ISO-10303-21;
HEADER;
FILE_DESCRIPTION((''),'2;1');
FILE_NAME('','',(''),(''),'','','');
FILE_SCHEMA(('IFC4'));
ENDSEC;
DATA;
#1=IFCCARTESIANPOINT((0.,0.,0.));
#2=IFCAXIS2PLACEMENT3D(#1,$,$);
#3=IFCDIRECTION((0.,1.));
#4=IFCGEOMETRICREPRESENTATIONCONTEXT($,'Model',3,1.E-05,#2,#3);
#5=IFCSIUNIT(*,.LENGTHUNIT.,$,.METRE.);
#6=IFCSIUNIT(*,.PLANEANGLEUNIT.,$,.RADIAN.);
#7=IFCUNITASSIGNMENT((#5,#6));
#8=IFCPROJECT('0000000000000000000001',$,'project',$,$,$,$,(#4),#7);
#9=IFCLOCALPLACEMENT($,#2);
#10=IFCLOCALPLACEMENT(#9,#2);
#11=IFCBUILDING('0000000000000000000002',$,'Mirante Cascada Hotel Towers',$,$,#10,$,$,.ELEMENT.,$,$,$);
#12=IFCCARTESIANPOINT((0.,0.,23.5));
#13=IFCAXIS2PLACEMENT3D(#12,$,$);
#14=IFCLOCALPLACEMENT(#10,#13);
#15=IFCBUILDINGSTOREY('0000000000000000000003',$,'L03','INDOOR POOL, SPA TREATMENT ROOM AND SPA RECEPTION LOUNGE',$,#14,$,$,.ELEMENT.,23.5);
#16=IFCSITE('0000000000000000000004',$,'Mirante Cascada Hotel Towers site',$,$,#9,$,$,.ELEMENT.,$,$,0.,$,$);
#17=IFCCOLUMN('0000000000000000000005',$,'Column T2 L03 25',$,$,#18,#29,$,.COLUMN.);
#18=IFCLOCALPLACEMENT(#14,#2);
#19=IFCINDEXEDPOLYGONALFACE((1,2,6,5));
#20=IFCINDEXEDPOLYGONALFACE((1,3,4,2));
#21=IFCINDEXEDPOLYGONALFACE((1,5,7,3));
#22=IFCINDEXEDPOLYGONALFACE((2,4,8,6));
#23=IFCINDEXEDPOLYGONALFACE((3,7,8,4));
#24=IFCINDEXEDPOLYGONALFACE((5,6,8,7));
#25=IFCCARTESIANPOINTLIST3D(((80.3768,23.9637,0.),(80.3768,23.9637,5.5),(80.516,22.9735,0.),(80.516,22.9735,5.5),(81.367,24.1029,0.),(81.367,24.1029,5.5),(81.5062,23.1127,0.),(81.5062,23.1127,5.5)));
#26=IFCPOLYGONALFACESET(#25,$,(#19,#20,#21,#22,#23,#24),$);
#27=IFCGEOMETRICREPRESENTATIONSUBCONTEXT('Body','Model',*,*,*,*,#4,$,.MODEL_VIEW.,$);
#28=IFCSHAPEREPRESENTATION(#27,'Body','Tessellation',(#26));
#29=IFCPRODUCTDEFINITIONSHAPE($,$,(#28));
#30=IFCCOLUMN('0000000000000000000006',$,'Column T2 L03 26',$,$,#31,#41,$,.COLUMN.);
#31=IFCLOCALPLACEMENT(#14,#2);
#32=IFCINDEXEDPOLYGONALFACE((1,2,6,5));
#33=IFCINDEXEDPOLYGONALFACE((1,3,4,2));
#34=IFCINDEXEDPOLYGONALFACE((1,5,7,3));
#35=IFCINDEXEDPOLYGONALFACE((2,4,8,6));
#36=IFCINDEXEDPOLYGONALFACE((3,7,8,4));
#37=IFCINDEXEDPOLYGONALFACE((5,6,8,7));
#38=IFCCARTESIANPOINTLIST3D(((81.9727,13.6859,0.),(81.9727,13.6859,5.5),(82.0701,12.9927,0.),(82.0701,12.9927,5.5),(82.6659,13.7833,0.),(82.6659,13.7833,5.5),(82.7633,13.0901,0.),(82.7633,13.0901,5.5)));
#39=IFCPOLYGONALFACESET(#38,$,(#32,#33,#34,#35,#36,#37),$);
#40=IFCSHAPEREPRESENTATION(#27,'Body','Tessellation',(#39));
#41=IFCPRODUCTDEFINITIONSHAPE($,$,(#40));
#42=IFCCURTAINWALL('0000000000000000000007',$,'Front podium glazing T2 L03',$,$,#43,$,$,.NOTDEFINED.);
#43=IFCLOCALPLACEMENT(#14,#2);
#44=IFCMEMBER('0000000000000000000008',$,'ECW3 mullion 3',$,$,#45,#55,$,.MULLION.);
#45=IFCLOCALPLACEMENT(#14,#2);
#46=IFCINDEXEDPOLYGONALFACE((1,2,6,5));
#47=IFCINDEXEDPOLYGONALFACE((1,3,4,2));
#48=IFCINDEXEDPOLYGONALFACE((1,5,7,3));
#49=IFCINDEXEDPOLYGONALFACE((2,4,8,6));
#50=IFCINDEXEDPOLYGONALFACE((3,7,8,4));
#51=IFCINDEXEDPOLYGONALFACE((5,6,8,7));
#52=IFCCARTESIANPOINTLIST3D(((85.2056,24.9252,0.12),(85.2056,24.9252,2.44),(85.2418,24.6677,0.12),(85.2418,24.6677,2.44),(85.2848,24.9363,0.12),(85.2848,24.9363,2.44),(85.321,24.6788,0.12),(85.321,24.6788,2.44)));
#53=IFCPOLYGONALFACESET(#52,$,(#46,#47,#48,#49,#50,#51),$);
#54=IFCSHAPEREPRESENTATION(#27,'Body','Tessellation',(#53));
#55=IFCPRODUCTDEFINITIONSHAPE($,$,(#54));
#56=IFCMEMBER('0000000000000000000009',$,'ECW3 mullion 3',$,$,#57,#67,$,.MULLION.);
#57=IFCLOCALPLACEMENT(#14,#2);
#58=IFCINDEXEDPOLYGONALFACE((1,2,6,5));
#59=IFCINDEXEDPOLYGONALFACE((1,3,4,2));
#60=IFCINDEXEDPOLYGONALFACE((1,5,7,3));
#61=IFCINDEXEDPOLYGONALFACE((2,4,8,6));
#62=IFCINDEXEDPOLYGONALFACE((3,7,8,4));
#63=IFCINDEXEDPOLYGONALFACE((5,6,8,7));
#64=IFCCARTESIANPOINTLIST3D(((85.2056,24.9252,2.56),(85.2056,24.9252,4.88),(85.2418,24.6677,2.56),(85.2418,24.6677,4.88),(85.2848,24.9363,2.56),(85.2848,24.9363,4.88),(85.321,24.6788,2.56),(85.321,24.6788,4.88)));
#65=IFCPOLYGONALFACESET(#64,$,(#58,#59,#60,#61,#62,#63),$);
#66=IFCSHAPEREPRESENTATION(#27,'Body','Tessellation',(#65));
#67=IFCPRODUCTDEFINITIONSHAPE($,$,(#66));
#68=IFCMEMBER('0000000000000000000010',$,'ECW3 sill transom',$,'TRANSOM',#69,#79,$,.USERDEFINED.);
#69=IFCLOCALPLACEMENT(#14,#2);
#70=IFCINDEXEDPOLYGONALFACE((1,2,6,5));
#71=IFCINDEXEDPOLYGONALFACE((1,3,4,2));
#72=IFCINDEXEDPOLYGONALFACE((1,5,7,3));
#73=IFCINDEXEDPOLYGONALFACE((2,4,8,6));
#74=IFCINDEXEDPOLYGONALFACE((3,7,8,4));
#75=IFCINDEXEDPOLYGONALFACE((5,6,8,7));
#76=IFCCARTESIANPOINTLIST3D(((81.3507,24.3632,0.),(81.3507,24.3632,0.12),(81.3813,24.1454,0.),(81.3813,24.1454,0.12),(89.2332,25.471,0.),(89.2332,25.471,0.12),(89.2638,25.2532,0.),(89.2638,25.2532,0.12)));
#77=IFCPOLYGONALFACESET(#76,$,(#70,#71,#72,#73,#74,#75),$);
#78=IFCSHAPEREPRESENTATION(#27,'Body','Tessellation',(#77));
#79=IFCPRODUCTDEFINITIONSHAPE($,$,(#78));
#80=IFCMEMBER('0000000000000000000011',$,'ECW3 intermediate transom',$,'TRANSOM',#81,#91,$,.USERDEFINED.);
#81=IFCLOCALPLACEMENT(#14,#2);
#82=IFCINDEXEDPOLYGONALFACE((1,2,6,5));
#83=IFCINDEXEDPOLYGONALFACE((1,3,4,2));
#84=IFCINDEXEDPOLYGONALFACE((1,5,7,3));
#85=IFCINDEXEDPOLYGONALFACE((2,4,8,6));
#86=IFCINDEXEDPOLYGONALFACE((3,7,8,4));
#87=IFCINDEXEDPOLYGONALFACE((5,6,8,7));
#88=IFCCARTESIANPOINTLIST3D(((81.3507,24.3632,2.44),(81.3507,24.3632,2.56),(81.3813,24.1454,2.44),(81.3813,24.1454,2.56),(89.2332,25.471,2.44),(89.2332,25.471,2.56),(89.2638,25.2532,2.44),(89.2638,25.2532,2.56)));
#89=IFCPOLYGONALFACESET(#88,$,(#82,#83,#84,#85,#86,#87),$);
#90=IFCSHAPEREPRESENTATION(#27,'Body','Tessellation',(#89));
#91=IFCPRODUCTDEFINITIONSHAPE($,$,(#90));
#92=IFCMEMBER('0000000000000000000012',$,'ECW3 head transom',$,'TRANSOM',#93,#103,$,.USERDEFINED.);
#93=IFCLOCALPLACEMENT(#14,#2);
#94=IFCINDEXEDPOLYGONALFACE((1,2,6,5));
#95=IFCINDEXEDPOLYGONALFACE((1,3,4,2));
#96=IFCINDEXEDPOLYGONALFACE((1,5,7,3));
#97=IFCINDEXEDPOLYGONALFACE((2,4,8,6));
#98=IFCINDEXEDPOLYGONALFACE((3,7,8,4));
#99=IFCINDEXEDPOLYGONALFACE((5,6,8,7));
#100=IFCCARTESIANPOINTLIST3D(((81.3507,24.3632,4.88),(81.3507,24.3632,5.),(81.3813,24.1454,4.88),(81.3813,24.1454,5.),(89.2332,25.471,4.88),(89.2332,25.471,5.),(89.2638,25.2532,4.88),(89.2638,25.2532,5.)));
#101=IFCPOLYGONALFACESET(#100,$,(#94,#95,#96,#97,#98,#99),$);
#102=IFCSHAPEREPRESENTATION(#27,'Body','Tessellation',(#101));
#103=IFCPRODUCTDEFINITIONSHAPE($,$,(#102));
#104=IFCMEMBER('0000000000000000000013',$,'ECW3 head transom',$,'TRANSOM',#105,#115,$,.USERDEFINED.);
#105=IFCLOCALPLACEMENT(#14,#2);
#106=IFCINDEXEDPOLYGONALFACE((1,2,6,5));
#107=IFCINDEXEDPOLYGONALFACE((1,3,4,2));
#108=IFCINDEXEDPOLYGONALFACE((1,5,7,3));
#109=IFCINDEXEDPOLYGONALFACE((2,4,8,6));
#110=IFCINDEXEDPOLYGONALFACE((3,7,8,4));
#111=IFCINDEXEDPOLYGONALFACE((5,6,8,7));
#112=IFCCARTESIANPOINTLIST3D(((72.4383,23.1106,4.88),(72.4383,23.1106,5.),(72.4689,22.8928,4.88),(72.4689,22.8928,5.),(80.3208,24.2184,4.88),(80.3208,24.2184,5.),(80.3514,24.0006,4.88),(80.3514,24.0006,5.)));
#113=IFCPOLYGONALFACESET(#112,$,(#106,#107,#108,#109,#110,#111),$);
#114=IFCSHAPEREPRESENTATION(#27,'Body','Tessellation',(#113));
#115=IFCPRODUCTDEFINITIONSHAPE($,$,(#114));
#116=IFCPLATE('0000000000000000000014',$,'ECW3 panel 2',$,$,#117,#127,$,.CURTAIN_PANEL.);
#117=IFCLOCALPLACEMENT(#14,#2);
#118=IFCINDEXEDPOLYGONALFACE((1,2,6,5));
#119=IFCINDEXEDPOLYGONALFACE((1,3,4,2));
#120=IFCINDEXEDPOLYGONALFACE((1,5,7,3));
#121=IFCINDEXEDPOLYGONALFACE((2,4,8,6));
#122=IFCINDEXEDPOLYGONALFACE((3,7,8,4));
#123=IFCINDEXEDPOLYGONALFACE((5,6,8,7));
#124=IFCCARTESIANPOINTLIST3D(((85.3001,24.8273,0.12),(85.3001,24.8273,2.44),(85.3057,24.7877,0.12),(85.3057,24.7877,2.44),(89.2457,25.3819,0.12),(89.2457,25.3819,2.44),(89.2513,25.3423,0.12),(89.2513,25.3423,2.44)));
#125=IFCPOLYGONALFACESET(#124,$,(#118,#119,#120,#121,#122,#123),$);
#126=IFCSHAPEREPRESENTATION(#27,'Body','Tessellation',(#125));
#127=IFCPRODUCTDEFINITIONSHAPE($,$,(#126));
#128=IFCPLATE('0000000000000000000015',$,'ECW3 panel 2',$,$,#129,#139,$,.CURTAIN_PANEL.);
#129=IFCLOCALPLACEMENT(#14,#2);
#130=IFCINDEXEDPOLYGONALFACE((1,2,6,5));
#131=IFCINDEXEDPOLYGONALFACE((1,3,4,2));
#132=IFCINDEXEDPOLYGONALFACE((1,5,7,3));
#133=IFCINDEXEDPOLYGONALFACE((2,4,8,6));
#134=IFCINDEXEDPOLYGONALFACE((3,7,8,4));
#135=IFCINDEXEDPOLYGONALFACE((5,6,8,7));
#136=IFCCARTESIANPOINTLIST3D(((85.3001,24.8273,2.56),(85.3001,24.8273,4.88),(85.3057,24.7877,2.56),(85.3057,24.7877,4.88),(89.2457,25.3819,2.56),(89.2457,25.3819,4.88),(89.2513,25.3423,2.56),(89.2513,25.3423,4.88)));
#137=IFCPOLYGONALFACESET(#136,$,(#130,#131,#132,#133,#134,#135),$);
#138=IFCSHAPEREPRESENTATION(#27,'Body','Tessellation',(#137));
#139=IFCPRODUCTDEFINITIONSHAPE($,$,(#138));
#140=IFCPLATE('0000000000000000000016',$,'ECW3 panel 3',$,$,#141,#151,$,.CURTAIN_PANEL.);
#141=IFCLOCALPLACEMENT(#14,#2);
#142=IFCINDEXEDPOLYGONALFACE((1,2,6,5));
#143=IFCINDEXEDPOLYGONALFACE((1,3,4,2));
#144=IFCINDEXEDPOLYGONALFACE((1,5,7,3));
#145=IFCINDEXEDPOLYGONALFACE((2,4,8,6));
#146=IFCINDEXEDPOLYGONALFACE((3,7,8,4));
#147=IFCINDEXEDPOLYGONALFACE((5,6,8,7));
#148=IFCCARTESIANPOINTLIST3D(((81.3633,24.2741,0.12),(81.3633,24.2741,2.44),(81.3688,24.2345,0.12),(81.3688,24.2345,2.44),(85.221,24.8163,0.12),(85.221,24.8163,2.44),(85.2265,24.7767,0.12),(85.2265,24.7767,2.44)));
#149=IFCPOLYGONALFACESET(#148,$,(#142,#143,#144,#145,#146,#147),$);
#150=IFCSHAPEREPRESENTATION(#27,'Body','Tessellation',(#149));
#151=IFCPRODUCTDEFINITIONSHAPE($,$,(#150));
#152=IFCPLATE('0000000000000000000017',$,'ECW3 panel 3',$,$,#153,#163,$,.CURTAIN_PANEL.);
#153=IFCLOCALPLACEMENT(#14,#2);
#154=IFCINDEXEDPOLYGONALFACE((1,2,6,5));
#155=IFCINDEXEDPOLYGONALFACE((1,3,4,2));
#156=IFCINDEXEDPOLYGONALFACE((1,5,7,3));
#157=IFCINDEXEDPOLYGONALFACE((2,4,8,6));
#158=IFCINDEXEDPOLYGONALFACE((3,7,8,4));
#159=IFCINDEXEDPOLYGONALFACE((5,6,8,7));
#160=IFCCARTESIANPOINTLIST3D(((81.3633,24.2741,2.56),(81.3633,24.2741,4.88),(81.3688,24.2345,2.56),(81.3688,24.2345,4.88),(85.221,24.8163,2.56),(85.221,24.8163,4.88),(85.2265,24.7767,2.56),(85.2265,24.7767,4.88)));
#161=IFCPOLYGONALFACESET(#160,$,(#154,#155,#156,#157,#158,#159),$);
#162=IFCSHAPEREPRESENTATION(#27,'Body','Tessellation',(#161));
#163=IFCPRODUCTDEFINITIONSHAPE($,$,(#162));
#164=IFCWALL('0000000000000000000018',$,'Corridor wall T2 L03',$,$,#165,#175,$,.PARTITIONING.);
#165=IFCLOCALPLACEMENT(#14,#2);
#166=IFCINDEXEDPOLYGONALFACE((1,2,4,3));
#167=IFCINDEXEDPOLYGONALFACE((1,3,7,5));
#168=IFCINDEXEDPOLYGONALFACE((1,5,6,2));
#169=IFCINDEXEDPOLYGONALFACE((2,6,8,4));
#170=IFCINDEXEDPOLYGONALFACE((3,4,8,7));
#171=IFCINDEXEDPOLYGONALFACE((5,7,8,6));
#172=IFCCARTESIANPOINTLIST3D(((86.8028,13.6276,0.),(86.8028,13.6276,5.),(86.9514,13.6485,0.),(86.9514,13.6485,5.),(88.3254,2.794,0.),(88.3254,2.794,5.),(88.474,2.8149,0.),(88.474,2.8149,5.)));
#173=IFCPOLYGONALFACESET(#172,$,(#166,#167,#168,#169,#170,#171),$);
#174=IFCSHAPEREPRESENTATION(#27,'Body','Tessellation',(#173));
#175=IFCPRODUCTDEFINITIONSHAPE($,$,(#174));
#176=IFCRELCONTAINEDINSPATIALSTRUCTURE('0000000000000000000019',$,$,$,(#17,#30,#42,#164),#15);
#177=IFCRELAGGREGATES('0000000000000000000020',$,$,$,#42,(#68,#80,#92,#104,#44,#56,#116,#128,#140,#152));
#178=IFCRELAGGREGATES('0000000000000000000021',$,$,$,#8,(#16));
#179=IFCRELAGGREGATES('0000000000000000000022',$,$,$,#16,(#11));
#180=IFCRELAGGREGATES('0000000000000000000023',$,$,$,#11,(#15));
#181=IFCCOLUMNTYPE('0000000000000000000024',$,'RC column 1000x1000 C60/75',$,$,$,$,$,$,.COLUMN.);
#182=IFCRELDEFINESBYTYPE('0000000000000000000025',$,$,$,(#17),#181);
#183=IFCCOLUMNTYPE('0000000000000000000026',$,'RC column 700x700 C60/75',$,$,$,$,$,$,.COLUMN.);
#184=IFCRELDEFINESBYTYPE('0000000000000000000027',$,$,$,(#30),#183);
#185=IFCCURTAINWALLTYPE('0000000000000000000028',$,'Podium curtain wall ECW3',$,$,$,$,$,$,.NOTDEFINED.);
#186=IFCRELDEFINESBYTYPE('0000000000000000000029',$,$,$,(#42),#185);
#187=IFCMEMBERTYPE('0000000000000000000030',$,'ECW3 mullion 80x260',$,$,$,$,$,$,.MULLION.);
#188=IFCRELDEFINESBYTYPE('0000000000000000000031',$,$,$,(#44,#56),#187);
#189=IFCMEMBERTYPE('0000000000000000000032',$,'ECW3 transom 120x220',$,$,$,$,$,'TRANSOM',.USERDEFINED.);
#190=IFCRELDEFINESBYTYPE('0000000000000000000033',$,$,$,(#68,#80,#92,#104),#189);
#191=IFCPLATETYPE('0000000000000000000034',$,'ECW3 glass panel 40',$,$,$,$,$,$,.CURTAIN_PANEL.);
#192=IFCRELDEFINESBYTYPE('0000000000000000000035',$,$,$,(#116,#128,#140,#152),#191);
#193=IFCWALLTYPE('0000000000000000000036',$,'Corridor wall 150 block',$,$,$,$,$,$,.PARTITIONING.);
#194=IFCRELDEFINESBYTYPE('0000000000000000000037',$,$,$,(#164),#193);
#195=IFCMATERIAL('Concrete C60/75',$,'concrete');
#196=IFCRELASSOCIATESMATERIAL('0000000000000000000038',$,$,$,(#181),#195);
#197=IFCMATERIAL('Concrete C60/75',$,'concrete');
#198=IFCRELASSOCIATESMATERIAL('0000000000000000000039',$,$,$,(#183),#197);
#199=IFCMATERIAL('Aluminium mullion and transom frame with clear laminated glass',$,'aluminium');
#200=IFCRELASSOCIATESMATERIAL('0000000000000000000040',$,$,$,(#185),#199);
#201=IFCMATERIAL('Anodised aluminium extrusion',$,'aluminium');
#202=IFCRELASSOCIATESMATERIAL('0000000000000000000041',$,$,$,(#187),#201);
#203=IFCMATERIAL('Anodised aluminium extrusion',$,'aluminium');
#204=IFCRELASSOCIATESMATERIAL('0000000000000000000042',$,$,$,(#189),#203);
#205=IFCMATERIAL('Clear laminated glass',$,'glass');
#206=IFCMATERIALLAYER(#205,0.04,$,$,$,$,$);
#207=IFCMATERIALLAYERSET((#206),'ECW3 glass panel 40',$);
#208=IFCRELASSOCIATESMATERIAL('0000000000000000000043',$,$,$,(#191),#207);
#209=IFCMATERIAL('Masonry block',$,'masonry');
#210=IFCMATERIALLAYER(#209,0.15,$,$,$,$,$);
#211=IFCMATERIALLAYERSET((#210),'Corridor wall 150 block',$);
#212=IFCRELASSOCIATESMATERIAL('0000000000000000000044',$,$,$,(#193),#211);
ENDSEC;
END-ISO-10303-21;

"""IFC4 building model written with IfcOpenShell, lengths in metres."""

from ifc_helpers import new_model, si_unit, direction, frame, frame_2d, origin, origin_2d, place, context, subcontext, project, spatial, rectangle, extrude, material, layer, layer_set, material_profile, profile_set, type_object, element, aggregate, save


model = new_model("IFC4")

# Units and contexts
model_context = context("Model", 3, precision=1e-05, world=origin(), true_north=direction((0.0, 1.0)))
body_context = subcontext(model_context, "Body", "Model", "MODEL_VIEW")
ifc_project = project(units=[si_unit("LENGTHUNIT", "METRE"), si_unit("PLANEANGLEUNIT", "RADIAN")], contexts=[model_context])

# Site, building, storey
site_placement = place(None, origin())
site = spatial("IfcSite", under=ifc_project, at=site_placement, Name="Mirante Cascada Hotel Towers site", CompositionType="ELEMENT", RefElevation=0.0)
building_placement = place(site_placement, origin())
building = spatial("IfcBuilding", under=site, at=building_placement, Name="Mirante Cascada Hotel Towers", CompositionType="ELEMENT")
storey_placement = place(building_placement, frame((0.0, 0.0, 23.5)))
storey = spatial("IfcBuildingStorey", under=building, at=storey_placement, Name="L03", Description="INDOOR POOL, SPA TREATMENT ROOM AND SPA RECEPTION LOUNGE", CompositionType="ELEMENT", Elevation=23.5)

# Columns
ifc_material_1 = material(Name="Concrete C60/75", Category="concrete")
ifc_material_profile_1 = material_profile(ifc_material_1, rectangle(XDim=1.0, YDim=1.0, at=origin_2d()), Name="RC column 1000x1000 C60/75")
ifc_profile_set_1 = profile_set([ifc_material_profile_1], Name="Concrete C60/75")
column_type_1 = type_object("IfcColumnType", Name="RC column 1000x1000 C60/75", PredefinedType="COLUMN", material=ifc_profile_set_1)
column_1_placement = place(storey_placement, frame((80.9415, 23.5382, 0.0), z_axis=(0.0, 0.0, 1.0), x_axis=(0.990268, 0.139173, 0.0)))
element("IfcColumn", 1, at=column_1_placement, inside=storey, type_object=column_type_1, Name="Column T2 L03 25", PredefinedType="COLUMN", context=body_context, shape_type="SweptSolid", body=[
    extrude(rectangle(XDim=1.0, YDim=1.0, at=origin_2d()), origin(), (0.0, 0.0, 1.0), 5.5),
])
ifc_material_2 = material(Name="Concrete C60/75", Category="concrete")
ifc_material_profile_2 = material_profile(ifc_material_2, rectangle(XDim=0.7, YDim=0.7, at=origin_2d()), Name="RC column 700x700 C60/75")
ifc_profile_set_2 = profile_set([ifc_material_profile_2], Name="Concrete C60/75")
column_type_2 = type_object("IfcColumnType", Name="RC column 700x700 C60/75", PredefinedType="COLUMN", material=ifc_profile_set_2)
column_2_placement = place(storey_placement, frame((82.368, 13.388, 0.0), z_axis=(0.0, 0.0, 1.0), x_axis=(0.990268, 0.139173, 0.0)))
element("IfcColumn", 2, at=column_2_placement, inside=storey, type_object=column_type_2, Name="Column T2 L03 26", PredefinedType="COLUMN", context=body_context, shape_type="SweptSolid", body=[
    extrude(rectangle(XDim=0.7, YDim=0.7, at=origin_2d()), origin(), (0.0, 0.0, 1.0), 5.5),
])

# Curtain wall, members, plates
ifc_material_3 = material(Name="Aluminium mullion and transom frame with clear laminated glass", Category="aluminium")
curtain_wall_type = type_object("IfcCurtainWallType", Name="Podium curtain wall ECW3", PredefinedType="NOTDEFINED", material=ifc_material_3)
curtain_wall_placement = place(storey_placement, origin())
curtain_wall = element("IfcCurtainWall", 3, at=curtain_wall_placement, inside=storey, type_object=curtain_wall_type, Name="Front podium glazing T2 L03", PredefinedType="NOTDEFINED")
ifc_material_4 = material(Name="Anodised aluminium extrusion", Category="aluminium")
ifc_material_profile_3 = material_profile(ifc_material_4, rectangle(XDim=0.26, YDim=0.08, at=origin_2d()), Name="ECW3 MULLION 80x260")
ifc_profile_set_3 = profile_set([ifc_material_profile_3], Name="Anodised aluminium extrusion")
member_type_1 = type_object("IfcMemberType", Name="ECW3 mullion 80x260", PredefinedType="MULLION", material=ifc_profile_set_3)
member_1_placement = place(storey_placement, frame((85.2633, 24.802, 0.12), z_axis=(0.0, 0.0, 1.0), x_axis=(0.139173, -0.990268, 0.0)))
member_1 = element("IfcMember", 4, at=member_1_placement, type_object=member_type_1, Name="ECW3 mullion 3", PredefinedType="MULLION", context=body_context, shape_type="SweptSolid", body=[
    extrude(rectangle(XDim=0.26, YDim=0.08, at=origin_2d()), origin(), (0.0, 0.0, 1.0), 2.32),
])
member_2_placement = place(storey_placement, frame((85.2633, 24.802, 2.56), z_axis=(0.0, 0.0, 1.0), x_axis=(0.139173, -0.990268, 0.0)))
member_2 = element("IfcMember", 5, at=member_2_placement, type_object=member_type_1, Name="ECW3 mullion 3", PredefinedType="MULLION", context=body_context, shape_type="SweptSolid", body=[
    extrude(rectangle(XDim=0.26, YDim=0.08, at=origin_2d()), origin(), (0.0, 0.0, 1.0), 2.32),
])
ifc_material_5 = material(Name="Anodised aluminium extrusion", Category="aluminium")
ifc_material_profile_4 = material_profile(ifc_material_5, rectangle(XDim=0.22, YDim=0.12, at=origin_2d()), Name="ECW3 TRANSOM 120x220")
ifc_profile_set_4 = profile_set([ifc_material_profile_4], Name="Anodised aluminium extrusion")
member_type_2 = type_object("IfcMemberType", Name="ECW3 transom 120x220", ElementType="TRANSOM", PredefinedType="USERDEFINED", material=ifc_profile_set_4)
member_3_placement = place(storey_placement, frame((89.2485, 25.3621, 0.06), z_axis=(-0.990268, -0.139172, 0.0), x_axis=(0.139172, -0.990268, 0.0)))
member_3 = element("IfcMember", 6, at=member_3_placement, type_object=member_type_2, Name="ECW3 sill transom", ObjectType="TRANSOM", PredefinedType="USERDEFINED", context=body_context, shape_type="SweptSolid", body=[
    extrude(rectangle(XDim=0.22, YDim=0.12, at=origin_2d()), origin(), (0.0, 0.0, 1.0), 7.96),
])
member_4_placement = place(storey_placement, frame((89.2485, 25.3621, 2.5), z_axis=(-0.990268, -0.139172, 0.0), x_axis=(0.139172, -0.990268, 0.0)))
member_4 = element("IfcMember", 7, at=member_4_placement, type_object=member_type_2, Name="ECW3 intermediate transom", ObjectType="TRANSOM", PredefinedType="USERDEFINED", context=body_context, shape_type="SweptSolid", body=[
    extrude(rectangle(XDim=0.22, YDim=0.12, at=origin_2d()), origin(), (0.0, 0.0, 1.0), 7.96),
])
member_5_placement = place(storey_placement, frame((89.2485, 25.3621, 4.94), z_axis=(-0.990268, -0.139172, 0.0), x_axis=(0.139172, -0.990268, 0.0)))
member_5 = element("IfcMember", 8, at=member_5_placement, type_object=member_type_2, Name="ECW3 head transom", ObjectType="TRANSOM", PredefinedType="USERDEFINED", context=body_context, shape_type="SweptSolid", body=[
    extrude(rectangle(XDim=0.22, YDim=0.12, at=origin_2d()), origin(), (0.0, 0.0, 1.0), 7.96),
])
member_6_placement = place(storey_placement, frame((80.3361, 24.1095, 4.94), z_axis=(-0.990268, -0.139172, 0.0), x_axis=(0.139172, -0.990268, 0.0)))
member_6 = element("IfcMember", 9, at=member_6_placement, type_object=member_type_2, Name="ECW3 head transom", ObjectType="TRANSOM", PredefinedType="USERDEFINED", context=body_context, shape_type="SweptSolid", body=[
    extrude(rectangle(XDim=0.22, YDim=0.12, at=origin_2d()), origin(), (0.0, 0.0, 1.0), 7.96),
])
ifc_material_6 = material(Name="Clear laminated glass", Category="glass")
ifc_layer_1 = layer(ifc_material_6, 0.04)
ifc_layer_set_1 = layer_set([ifc_layer_1], Name="ECW3 glass panel 40")
plate_type = type_object("IfcPlateType", Name="ECW3 glass panel 40", PredefinedType="CURTAIN_PANEL", material=ifc_layer_set_1)
plate_1_placement = place(storey_placement, frame((87.2757, 25.0848, 0.12), z_axis=(0.0, 0.0, 1.0), x_axis=(-0.990268, -0.139173, 0.0)))
plate_1 = element("IfcPlate", 10, at=plate_1_placement, type_object=plate_type, Name="ECW3 panel 2", PredefinedType="CURTAIN_PANEL", context=body_context, shape_type="SweptSolid", body=[
    extrude(rectangle(XDim=3.9844, YDim=0.04, at=origin_2d()), origin(), (0.0, 0.0, 1.0), 2.32),
])
plate_2_placement = place(storey_placement, frame((87.2757, 25.0848, 2.56), z_axis=(0.0, 0.0, 1.0), x_axis=(-0.990268, -0.139173, 0.0)))
plate_2 = element("IfcPlate", 11, at=plate_2_placement, type_object=plate_type, Name="ECW3 panel 2", PredefinedType="CURTAIN_PANEL", context=body_context, shape_type="SweptSolid", body=[
    extrude(rectangle(XDim=3.9844, YDim=0.04, at=origin_2d()), origin(), (0.0, 0.0, 1.0), 2.32),
])
plate_3_placement = place(storey_placement, frame((83.2949, 24.5254, 0.12), z_axis=(0.0, 0.0, 1.0), x_axis=(-0.990268, -0.139173, 0.0)))
plate_3 = element("IfcPlate", 12, at=plate_3_placement, type_object=plate_type, Name="ECW3 panel 3", PredefinedType="CURTAIN_PANEL", context=body_context, shape_type="SweptSolid", body=[
    extrude(rectangle(XDim=3.8956, YDim=0.04, at=origin_2d()), origin(), (0.0, 0.0, 1.0), 2.32),
])
plate_4_placement = place(storey_placement, frame((83.2949, 24.5254, 2.56), z_axis=(0.0, 0.0, 1.0), x_axis=(-0.990268, -0.139173, 0.0)))
plate_4 = element("IfcPlate", 13, at=plate_4_placement, type_object=plate_type, Name="ECW3 panel 3", PredefinedType="CURTAIN_PANEL", context=body_context, shape_type="SweptSolid", body=[
    extrude(rectangle(XDim=3.8956, YDim=0.04, at=origin_2d()), origin(), (0.0, 0.0, 1.0), 2.32),
])
aggregate(curtain_wall, [member_3, member_4, member_5, member_6, member_1, member_2, plate_1, plate_2, plate_3, plate_4])

# Wall
ifc_material_7 = material(Name="Masonry block", Category="masonry")
ifc_layer_2 = layer(ifc_material_7, 0.15)
ifc_layer_set_2 = layer_set([ifc_layer_2], Name="Corridor wall 150 block")
wall_type_1 = type_object("IfcWallType", Name="Corridor wall 150 block", PredefinedType="PARTITIONING", material=ifc_layer_set_2)
wall_1_placement = place(storey_placement, frame((86.8771, 13.638, 0.0), z_axis=(0.0, 0.0, 1.0), x_axis=(0.139176, -0.990268, 0.0)))
element("IfcWall", 14, at=wall_1_placement, inside=storey, type_object=wall_type_1, Name="Corridor wall T2 L03", PredefinedType="PARTITIONING", context=body_context, shape_type="SweptSolid", body=[
    extrude(rectangle(XDim=10.9401, YDim=0.15, at=frame_2d((5.47, 0.0))), origin(), (0.0, 0.0, 1.0), 5.0),
])

save(model, "model.ifc")
